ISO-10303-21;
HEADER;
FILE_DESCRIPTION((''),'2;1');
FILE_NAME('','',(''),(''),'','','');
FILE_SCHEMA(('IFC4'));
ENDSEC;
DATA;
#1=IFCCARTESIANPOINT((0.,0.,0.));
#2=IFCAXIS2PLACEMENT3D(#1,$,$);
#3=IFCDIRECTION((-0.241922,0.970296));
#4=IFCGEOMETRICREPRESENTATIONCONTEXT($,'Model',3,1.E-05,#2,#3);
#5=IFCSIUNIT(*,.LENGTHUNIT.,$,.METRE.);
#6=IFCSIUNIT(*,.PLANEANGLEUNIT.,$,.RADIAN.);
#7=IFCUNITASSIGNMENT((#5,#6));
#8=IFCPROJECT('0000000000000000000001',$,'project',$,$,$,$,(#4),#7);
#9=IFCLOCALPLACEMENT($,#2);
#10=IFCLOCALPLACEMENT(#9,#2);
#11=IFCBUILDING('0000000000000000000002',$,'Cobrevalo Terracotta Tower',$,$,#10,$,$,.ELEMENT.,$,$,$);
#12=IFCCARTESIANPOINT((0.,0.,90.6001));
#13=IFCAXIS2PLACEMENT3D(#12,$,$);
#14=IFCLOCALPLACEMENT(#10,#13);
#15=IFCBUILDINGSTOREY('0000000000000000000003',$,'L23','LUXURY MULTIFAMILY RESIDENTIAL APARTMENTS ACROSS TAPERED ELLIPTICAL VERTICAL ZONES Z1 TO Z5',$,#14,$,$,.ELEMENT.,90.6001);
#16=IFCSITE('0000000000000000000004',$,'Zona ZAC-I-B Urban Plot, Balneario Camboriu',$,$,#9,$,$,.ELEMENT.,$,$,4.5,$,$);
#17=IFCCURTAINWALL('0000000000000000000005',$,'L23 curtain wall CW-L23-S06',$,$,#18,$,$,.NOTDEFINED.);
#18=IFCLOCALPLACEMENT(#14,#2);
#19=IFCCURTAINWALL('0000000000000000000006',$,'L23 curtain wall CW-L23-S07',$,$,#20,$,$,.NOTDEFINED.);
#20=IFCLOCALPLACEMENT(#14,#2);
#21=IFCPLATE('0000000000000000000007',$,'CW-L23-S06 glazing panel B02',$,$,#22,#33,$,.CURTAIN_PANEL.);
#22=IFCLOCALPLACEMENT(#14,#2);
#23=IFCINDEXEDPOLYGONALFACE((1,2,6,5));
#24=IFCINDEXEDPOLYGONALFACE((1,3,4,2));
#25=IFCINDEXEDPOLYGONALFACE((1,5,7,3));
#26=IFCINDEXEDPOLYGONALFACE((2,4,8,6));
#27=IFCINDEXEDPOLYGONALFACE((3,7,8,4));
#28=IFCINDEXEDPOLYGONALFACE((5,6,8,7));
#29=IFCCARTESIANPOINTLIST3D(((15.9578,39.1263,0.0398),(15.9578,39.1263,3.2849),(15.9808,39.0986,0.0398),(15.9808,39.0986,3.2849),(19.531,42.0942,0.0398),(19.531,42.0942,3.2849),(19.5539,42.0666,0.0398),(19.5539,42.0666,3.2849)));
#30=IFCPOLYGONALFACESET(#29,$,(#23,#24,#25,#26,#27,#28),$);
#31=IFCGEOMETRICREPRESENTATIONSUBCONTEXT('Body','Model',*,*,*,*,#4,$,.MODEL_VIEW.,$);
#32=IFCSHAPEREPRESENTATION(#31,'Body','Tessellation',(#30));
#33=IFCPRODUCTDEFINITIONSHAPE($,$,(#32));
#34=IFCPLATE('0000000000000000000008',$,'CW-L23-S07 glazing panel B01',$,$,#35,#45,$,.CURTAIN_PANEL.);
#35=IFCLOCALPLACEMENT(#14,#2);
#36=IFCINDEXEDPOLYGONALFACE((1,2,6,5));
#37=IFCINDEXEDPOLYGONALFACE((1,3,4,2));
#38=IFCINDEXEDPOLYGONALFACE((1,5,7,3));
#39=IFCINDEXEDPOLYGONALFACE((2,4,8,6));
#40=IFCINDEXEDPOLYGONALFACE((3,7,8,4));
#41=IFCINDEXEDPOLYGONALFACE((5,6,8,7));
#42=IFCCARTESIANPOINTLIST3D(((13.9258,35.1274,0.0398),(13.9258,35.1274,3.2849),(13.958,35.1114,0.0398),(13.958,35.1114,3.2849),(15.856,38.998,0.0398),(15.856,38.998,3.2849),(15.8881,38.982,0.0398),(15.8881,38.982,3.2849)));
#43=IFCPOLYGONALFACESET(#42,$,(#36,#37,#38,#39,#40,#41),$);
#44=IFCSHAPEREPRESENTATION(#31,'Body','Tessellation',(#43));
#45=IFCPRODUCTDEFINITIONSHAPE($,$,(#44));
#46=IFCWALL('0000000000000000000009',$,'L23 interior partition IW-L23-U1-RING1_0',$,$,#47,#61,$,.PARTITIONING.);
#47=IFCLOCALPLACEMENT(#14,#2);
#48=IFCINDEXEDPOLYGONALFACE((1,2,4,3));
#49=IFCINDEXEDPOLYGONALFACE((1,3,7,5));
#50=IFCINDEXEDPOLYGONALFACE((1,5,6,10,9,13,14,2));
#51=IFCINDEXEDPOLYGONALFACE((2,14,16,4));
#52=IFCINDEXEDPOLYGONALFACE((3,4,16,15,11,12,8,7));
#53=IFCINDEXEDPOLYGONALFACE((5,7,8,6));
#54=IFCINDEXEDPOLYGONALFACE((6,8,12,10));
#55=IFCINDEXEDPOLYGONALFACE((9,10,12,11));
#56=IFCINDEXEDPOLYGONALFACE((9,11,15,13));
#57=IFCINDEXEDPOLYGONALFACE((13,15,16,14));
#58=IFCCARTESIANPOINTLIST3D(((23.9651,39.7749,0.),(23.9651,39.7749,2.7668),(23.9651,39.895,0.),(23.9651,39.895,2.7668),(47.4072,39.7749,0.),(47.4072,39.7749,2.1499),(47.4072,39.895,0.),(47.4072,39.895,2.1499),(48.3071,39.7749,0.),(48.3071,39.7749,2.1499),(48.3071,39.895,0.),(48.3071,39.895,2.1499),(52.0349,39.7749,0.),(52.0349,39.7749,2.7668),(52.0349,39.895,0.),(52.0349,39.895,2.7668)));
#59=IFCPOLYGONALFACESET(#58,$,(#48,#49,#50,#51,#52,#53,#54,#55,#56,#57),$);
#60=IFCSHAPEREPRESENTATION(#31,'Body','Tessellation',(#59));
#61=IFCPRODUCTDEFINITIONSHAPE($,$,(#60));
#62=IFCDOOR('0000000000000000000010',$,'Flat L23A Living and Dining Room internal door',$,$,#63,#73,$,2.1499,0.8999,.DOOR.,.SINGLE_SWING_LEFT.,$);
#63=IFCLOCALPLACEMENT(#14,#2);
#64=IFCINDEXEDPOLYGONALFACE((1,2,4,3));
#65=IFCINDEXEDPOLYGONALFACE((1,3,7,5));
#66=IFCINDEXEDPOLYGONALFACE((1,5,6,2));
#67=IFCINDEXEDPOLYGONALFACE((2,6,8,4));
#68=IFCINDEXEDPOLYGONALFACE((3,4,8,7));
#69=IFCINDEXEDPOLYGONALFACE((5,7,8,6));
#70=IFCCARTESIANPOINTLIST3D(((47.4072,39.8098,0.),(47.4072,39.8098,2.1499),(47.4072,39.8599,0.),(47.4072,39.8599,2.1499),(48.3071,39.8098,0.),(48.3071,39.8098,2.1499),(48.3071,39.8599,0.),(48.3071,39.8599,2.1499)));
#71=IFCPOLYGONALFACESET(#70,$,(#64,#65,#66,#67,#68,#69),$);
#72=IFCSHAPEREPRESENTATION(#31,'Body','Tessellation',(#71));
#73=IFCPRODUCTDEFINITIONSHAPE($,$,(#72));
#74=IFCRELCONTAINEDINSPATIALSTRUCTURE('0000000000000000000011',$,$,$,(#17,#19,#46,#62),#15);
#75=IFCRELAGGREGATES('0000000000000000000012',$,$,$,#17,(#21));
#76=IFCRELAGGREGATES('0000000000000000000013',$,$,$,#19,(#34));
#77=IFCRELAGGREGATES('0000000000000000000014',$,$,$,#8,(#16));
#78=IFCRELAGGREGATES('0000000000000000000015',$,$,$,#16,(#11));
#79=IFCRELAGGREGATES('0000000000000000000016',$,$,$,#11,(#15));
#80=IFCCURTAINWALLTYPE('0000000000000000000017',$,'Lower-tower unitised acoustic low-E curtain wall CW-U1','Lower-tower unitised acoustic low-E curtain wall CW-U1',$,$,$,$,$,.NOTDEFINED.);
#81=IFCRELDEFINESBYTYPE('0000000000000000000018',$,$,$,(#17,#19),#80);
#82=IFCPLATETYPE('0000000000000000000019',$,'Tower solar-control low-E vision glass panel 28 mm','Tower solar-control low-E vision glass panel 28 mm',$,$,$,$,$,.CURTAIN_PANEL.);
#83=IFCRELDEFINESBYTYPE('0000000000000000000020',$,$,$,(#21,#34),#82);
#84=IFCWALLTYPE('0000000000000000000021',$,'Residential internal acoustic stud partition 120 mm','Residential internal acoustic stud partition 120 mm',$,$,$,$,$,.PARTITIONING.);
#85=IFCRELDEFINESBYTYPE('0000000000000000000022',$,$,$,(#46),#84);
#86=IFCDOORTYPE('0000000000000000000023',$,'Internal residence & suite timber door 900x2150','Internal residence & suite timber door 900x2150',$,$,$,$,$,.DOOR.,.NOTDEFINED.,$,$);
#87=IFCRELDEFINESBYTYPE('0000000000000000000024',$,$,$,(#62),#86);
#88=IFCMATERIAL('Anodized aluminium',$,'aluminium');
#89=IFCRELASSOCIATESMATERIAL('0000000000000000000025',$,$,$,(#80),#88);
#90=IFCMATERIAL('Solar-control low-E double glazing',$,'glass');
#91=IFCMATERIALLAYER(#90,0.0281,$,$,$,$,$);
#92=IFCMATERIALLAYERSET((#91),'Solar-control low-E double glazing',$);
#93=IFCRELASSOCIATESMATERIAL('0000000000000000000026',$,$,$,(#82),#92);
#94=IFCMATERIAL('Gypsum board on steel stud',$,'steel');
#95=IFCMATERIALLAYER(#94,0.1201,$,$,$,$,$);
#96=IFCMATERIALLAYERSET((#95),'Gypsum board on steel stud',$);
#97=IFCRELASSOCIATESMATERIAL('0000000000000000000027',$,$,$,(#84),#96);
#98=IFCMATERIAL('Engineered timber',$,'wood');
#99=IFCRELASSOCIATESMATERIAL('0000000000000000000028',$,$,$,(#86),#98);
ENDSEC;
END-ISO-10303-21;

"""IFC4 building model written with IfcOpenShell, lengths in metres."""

from ifc_helpers import new_model, si_unit, direction, frame, frame_2d, origin, origin_2d, place, context, subcontext, project, spatial, rectangle, extrude, source, transform, mapped, material, layer, layer_set, type_object, element, fill, aggregate, save


model = new_model("IFC4")

# Units and contexts
model_context = context("Model", 3, precision=1e-05, world=origin(), true_north=direction((-0.241922, 0.970296)))
body_context = subcontext(model_context, "Body", "Model", "MODEL_VIEW")
ifc_project = project(units=[si_unit("LENGTHUNIT", "METRE"), si_unit("PLANEANGLEUNIT", "RADIAN")], contexts=[model_context])

# Site, building, storey
site_placement = place(None, origin())
site = spatial("IfcSite", under=ifc_project, at=site_placement, Name="Zona ZAC-I-B Urban Plot, Balneario Camboriu", CompositionType="ELEMENT", RefElevation=4.5)
building_placement = place(site_placement, origin())
building = spatial("IfcBuilding", under=site, at=building_placement, Name="Cobrevalo Terracotta Tower", CompositionType="ELEMENT")
storey_placement = place(building_placement, frame((0.0, 0.0, 90.6001)))
storey = spatial("IfcBuildingStorey", under=building, at=storey_placement, Name="L23", Description="LUXURY MULTIFAMILY RESIDENTIAL APARTMENTS ACROSS TAPERED ELLIPTICAL VERTICAL ZONES Z1 TO Z5", CompositionType="ELEMENT", Elevation=90.6001)

# Shared definitions
ifc_material_1 = material(Name="Anodized aluminium", Category="aluminium")
curtain_wall_type = type_object("IfcCurtainWallType", Name="Lower-tower unitised acoustic low-E curtain wall CW-U1", Description="Lower-tower unitised acoustic low-E curtain wall CW-U1", PredefinedType="NOTDEFINED", material=ifc_material_1)

# Curtain walls
curtain_wall_1_placement = place(storey_placement, origin())
curtain_wall_1 = element("IfcCurtainWall", 1, at=curtain_wall_1_placement, inside=storey, type_object=curtain_wall_type, Name="L23 curtain wall CW-L23-S06", PredefinedType="NOTDEFINED")
curtain_wall_2_placement = place(storey_placement, origin())
curtain_wall_2 = element("IfcCurtainWall", 2, at=curtain_wall_2_placement, inside=storey, type_object=curtain_wall_type, Name="L23 curtain wall CW-L23-S07", PredefinedType="NOTDEFINED")

# Plates
ifc_material_2 = material(Name="Solar-control low-E double glazing", Category="glass")
ifc_layer_1 = layer(ifc_material_2, 0.0281)
ifc_layer_set_1 = layer_set([ifc_layer_1], Name="Solar-control low-E double glazing")
plate_type = type_object("IfcPlateType", Name="Tower solar-control low-E vision glass panel 28 mm", Description="Tower solar-control low-E vision glass panel 28 mm", PredefinedType="CURTAIN_PANEL", material=ifc_layer_set_1)
shared_shape_1 = source(origin(), body_context, "Body", "SweptSolid", [
    extrude(rectangle(XDim=4.645, YDim=0.0359, at=origin_2d()), origin(), (0.0, 0.0, 1.0), 3.2451),
])
plate_1_placement = place(storey_placement, frame((17.7559, 40.5964, 0.0398), z_axis=(0.0, 0.0, 1.0), x_axis=(-0.769241, -0.638958, 0.0)))
plate_1 = element("IfcPlate", 3, at=plate_1_placement, type_object=plate_type, Name="CW-L23-S06 glazing panel B02", PredefinedType="CURTAIN_PANEL", context=body_context, shape_type="MappedRepresentation", body=[
    mapped(shared_shape_1, transform((0.0, 0.0, 0.0), scale=1.0)),
])
aggregate(curtain_wall_1, [plate_1])
shared_shape_2 = source(origin(), body_context, "Body", "SweptSolid", [
    extrude(rectangle(XDim=4.3252, YDim=0.0359, at=origin_2d()), origin(), (0.0, 0.0, 1.0), 3.2451),
])
plate_2_placement = place(storey_placement, frame((14.907, 37.0547, 0.0398), z_axis=(0.0, 0.0, 1.0), x_axis=(-0.446262, -0.894902, 0.0)))
plate_2 = element("IfcPlate", 4, at=plate_2_placement, type_object=plate_type, Name="CW-L23-S07 glazing panel B01", PredefinedType="CURTAIN_PANEL", context=body_context, shape_type="MappedRepresentation", body=[
    mapped(shared_shape_2, transform((0.0, 0.0, 0.0), scale=1.0)),
])
aggregate(curtain_wall_2, [plate_2])

# Wall, opening, door
ifc_material_3 = material(Name="Gypsum board on steel stud", Category="steel")
ifc_layer_2 = layer(ifc_material_3, 0.1201)
ifc_layer_set_2 = layer_set([ifc_layer_2], Name="Gypsum board on steel stud")
wall_type = type_object("IfcWallType", Name="Residential internal acoustic stud partition 120 mm", Description="Residential internal acoustic stud partition 120 mm", PredefinedType="PARTITIONING", material=ifc_layer_set_2)
wall_placement = place(storey_placement, frame((23.9651, 39.835, 0.0), z_axis=(0.0, 0.0, 1.0), x_axis=(1.0, 0.0, 0.0)))
wall = element("IfcWall", 5, at=wall_placement, inside=storey, type_object=wall_type, Name="L23 interior partition IW-L23-U1-RING1_0", PredefinedType="PARTITIONING", context=body_context, shape_type="SweptSolid", body=[
    extrude(rectangle(XDim=28.0698, YDim=0.1201, at=frame_2d((14.0349, 0.0))), origin(), (0.0, 0.0, 1.0), 2.7668),
])
opening_placement = place(wall_placement, frame((23.4421, 0.0, 0.0)))
opening = element("IfcOpeningElement", 6, at=opening_placement, cuts=wall, PredefinedType="OPENING", context=body_context, shape_type="SweptSolid", body=[
    extrude(rectangle(XDim=0.8999, YDim=2.1499, at=frame_2d((0.45, 1.075))), frame((0.0, 0.0701, 0.0), z_axis=(0.0, -1.0, 0.0), x_axis=(1.0, 0.0, 0.0)), (0.0, 0.0, 1.0), 0.1401),
])
ifc_material_4 = material(Name="Engineered timber", Category="wood")
door_type = type_object("IfcDoorType", Name="Internal residence & suite timber door 900x2150", Description="Internal residence & suite timber door 900x2150", OperationType="NOTDEFINED", PredefinedType="DOOR", material=ifc_material_4)
shared_shape_3 = source(origin(), body_context, "Body", "SweptSolid", [
    extrude(rectangle(XDim=0.8999, YDim=2.1499, at=frame_2d((0.45, 1.075))), frame((0.0, 0.0249, 0.0), z_axis=(0.0, -1.0, 0.0), x_axis=(1.0, 0.0, 0.0)), (0.0, 0.0, 1.0), 0.05),
])
door_placement = place(opening_placement, origin())
door = element("IfcDoor", 7, at=door_placement, inside=storey, type_object=door_type, Name="Flat L23A Living and Dining Room internal door", OperationType="SINGLE_SWING_LEFT", OverallHeight=2.1499, OverallWidth=0.8999, PredefinedType="DOOR", context=body_context, shape_type="MappedRepresentation", body=[
    mapped(shared_shape_3, transform((0.0, 0.0, 0.0), scale=1.0)),
])
fill(opening, door)

save(model, "model.ifc")
